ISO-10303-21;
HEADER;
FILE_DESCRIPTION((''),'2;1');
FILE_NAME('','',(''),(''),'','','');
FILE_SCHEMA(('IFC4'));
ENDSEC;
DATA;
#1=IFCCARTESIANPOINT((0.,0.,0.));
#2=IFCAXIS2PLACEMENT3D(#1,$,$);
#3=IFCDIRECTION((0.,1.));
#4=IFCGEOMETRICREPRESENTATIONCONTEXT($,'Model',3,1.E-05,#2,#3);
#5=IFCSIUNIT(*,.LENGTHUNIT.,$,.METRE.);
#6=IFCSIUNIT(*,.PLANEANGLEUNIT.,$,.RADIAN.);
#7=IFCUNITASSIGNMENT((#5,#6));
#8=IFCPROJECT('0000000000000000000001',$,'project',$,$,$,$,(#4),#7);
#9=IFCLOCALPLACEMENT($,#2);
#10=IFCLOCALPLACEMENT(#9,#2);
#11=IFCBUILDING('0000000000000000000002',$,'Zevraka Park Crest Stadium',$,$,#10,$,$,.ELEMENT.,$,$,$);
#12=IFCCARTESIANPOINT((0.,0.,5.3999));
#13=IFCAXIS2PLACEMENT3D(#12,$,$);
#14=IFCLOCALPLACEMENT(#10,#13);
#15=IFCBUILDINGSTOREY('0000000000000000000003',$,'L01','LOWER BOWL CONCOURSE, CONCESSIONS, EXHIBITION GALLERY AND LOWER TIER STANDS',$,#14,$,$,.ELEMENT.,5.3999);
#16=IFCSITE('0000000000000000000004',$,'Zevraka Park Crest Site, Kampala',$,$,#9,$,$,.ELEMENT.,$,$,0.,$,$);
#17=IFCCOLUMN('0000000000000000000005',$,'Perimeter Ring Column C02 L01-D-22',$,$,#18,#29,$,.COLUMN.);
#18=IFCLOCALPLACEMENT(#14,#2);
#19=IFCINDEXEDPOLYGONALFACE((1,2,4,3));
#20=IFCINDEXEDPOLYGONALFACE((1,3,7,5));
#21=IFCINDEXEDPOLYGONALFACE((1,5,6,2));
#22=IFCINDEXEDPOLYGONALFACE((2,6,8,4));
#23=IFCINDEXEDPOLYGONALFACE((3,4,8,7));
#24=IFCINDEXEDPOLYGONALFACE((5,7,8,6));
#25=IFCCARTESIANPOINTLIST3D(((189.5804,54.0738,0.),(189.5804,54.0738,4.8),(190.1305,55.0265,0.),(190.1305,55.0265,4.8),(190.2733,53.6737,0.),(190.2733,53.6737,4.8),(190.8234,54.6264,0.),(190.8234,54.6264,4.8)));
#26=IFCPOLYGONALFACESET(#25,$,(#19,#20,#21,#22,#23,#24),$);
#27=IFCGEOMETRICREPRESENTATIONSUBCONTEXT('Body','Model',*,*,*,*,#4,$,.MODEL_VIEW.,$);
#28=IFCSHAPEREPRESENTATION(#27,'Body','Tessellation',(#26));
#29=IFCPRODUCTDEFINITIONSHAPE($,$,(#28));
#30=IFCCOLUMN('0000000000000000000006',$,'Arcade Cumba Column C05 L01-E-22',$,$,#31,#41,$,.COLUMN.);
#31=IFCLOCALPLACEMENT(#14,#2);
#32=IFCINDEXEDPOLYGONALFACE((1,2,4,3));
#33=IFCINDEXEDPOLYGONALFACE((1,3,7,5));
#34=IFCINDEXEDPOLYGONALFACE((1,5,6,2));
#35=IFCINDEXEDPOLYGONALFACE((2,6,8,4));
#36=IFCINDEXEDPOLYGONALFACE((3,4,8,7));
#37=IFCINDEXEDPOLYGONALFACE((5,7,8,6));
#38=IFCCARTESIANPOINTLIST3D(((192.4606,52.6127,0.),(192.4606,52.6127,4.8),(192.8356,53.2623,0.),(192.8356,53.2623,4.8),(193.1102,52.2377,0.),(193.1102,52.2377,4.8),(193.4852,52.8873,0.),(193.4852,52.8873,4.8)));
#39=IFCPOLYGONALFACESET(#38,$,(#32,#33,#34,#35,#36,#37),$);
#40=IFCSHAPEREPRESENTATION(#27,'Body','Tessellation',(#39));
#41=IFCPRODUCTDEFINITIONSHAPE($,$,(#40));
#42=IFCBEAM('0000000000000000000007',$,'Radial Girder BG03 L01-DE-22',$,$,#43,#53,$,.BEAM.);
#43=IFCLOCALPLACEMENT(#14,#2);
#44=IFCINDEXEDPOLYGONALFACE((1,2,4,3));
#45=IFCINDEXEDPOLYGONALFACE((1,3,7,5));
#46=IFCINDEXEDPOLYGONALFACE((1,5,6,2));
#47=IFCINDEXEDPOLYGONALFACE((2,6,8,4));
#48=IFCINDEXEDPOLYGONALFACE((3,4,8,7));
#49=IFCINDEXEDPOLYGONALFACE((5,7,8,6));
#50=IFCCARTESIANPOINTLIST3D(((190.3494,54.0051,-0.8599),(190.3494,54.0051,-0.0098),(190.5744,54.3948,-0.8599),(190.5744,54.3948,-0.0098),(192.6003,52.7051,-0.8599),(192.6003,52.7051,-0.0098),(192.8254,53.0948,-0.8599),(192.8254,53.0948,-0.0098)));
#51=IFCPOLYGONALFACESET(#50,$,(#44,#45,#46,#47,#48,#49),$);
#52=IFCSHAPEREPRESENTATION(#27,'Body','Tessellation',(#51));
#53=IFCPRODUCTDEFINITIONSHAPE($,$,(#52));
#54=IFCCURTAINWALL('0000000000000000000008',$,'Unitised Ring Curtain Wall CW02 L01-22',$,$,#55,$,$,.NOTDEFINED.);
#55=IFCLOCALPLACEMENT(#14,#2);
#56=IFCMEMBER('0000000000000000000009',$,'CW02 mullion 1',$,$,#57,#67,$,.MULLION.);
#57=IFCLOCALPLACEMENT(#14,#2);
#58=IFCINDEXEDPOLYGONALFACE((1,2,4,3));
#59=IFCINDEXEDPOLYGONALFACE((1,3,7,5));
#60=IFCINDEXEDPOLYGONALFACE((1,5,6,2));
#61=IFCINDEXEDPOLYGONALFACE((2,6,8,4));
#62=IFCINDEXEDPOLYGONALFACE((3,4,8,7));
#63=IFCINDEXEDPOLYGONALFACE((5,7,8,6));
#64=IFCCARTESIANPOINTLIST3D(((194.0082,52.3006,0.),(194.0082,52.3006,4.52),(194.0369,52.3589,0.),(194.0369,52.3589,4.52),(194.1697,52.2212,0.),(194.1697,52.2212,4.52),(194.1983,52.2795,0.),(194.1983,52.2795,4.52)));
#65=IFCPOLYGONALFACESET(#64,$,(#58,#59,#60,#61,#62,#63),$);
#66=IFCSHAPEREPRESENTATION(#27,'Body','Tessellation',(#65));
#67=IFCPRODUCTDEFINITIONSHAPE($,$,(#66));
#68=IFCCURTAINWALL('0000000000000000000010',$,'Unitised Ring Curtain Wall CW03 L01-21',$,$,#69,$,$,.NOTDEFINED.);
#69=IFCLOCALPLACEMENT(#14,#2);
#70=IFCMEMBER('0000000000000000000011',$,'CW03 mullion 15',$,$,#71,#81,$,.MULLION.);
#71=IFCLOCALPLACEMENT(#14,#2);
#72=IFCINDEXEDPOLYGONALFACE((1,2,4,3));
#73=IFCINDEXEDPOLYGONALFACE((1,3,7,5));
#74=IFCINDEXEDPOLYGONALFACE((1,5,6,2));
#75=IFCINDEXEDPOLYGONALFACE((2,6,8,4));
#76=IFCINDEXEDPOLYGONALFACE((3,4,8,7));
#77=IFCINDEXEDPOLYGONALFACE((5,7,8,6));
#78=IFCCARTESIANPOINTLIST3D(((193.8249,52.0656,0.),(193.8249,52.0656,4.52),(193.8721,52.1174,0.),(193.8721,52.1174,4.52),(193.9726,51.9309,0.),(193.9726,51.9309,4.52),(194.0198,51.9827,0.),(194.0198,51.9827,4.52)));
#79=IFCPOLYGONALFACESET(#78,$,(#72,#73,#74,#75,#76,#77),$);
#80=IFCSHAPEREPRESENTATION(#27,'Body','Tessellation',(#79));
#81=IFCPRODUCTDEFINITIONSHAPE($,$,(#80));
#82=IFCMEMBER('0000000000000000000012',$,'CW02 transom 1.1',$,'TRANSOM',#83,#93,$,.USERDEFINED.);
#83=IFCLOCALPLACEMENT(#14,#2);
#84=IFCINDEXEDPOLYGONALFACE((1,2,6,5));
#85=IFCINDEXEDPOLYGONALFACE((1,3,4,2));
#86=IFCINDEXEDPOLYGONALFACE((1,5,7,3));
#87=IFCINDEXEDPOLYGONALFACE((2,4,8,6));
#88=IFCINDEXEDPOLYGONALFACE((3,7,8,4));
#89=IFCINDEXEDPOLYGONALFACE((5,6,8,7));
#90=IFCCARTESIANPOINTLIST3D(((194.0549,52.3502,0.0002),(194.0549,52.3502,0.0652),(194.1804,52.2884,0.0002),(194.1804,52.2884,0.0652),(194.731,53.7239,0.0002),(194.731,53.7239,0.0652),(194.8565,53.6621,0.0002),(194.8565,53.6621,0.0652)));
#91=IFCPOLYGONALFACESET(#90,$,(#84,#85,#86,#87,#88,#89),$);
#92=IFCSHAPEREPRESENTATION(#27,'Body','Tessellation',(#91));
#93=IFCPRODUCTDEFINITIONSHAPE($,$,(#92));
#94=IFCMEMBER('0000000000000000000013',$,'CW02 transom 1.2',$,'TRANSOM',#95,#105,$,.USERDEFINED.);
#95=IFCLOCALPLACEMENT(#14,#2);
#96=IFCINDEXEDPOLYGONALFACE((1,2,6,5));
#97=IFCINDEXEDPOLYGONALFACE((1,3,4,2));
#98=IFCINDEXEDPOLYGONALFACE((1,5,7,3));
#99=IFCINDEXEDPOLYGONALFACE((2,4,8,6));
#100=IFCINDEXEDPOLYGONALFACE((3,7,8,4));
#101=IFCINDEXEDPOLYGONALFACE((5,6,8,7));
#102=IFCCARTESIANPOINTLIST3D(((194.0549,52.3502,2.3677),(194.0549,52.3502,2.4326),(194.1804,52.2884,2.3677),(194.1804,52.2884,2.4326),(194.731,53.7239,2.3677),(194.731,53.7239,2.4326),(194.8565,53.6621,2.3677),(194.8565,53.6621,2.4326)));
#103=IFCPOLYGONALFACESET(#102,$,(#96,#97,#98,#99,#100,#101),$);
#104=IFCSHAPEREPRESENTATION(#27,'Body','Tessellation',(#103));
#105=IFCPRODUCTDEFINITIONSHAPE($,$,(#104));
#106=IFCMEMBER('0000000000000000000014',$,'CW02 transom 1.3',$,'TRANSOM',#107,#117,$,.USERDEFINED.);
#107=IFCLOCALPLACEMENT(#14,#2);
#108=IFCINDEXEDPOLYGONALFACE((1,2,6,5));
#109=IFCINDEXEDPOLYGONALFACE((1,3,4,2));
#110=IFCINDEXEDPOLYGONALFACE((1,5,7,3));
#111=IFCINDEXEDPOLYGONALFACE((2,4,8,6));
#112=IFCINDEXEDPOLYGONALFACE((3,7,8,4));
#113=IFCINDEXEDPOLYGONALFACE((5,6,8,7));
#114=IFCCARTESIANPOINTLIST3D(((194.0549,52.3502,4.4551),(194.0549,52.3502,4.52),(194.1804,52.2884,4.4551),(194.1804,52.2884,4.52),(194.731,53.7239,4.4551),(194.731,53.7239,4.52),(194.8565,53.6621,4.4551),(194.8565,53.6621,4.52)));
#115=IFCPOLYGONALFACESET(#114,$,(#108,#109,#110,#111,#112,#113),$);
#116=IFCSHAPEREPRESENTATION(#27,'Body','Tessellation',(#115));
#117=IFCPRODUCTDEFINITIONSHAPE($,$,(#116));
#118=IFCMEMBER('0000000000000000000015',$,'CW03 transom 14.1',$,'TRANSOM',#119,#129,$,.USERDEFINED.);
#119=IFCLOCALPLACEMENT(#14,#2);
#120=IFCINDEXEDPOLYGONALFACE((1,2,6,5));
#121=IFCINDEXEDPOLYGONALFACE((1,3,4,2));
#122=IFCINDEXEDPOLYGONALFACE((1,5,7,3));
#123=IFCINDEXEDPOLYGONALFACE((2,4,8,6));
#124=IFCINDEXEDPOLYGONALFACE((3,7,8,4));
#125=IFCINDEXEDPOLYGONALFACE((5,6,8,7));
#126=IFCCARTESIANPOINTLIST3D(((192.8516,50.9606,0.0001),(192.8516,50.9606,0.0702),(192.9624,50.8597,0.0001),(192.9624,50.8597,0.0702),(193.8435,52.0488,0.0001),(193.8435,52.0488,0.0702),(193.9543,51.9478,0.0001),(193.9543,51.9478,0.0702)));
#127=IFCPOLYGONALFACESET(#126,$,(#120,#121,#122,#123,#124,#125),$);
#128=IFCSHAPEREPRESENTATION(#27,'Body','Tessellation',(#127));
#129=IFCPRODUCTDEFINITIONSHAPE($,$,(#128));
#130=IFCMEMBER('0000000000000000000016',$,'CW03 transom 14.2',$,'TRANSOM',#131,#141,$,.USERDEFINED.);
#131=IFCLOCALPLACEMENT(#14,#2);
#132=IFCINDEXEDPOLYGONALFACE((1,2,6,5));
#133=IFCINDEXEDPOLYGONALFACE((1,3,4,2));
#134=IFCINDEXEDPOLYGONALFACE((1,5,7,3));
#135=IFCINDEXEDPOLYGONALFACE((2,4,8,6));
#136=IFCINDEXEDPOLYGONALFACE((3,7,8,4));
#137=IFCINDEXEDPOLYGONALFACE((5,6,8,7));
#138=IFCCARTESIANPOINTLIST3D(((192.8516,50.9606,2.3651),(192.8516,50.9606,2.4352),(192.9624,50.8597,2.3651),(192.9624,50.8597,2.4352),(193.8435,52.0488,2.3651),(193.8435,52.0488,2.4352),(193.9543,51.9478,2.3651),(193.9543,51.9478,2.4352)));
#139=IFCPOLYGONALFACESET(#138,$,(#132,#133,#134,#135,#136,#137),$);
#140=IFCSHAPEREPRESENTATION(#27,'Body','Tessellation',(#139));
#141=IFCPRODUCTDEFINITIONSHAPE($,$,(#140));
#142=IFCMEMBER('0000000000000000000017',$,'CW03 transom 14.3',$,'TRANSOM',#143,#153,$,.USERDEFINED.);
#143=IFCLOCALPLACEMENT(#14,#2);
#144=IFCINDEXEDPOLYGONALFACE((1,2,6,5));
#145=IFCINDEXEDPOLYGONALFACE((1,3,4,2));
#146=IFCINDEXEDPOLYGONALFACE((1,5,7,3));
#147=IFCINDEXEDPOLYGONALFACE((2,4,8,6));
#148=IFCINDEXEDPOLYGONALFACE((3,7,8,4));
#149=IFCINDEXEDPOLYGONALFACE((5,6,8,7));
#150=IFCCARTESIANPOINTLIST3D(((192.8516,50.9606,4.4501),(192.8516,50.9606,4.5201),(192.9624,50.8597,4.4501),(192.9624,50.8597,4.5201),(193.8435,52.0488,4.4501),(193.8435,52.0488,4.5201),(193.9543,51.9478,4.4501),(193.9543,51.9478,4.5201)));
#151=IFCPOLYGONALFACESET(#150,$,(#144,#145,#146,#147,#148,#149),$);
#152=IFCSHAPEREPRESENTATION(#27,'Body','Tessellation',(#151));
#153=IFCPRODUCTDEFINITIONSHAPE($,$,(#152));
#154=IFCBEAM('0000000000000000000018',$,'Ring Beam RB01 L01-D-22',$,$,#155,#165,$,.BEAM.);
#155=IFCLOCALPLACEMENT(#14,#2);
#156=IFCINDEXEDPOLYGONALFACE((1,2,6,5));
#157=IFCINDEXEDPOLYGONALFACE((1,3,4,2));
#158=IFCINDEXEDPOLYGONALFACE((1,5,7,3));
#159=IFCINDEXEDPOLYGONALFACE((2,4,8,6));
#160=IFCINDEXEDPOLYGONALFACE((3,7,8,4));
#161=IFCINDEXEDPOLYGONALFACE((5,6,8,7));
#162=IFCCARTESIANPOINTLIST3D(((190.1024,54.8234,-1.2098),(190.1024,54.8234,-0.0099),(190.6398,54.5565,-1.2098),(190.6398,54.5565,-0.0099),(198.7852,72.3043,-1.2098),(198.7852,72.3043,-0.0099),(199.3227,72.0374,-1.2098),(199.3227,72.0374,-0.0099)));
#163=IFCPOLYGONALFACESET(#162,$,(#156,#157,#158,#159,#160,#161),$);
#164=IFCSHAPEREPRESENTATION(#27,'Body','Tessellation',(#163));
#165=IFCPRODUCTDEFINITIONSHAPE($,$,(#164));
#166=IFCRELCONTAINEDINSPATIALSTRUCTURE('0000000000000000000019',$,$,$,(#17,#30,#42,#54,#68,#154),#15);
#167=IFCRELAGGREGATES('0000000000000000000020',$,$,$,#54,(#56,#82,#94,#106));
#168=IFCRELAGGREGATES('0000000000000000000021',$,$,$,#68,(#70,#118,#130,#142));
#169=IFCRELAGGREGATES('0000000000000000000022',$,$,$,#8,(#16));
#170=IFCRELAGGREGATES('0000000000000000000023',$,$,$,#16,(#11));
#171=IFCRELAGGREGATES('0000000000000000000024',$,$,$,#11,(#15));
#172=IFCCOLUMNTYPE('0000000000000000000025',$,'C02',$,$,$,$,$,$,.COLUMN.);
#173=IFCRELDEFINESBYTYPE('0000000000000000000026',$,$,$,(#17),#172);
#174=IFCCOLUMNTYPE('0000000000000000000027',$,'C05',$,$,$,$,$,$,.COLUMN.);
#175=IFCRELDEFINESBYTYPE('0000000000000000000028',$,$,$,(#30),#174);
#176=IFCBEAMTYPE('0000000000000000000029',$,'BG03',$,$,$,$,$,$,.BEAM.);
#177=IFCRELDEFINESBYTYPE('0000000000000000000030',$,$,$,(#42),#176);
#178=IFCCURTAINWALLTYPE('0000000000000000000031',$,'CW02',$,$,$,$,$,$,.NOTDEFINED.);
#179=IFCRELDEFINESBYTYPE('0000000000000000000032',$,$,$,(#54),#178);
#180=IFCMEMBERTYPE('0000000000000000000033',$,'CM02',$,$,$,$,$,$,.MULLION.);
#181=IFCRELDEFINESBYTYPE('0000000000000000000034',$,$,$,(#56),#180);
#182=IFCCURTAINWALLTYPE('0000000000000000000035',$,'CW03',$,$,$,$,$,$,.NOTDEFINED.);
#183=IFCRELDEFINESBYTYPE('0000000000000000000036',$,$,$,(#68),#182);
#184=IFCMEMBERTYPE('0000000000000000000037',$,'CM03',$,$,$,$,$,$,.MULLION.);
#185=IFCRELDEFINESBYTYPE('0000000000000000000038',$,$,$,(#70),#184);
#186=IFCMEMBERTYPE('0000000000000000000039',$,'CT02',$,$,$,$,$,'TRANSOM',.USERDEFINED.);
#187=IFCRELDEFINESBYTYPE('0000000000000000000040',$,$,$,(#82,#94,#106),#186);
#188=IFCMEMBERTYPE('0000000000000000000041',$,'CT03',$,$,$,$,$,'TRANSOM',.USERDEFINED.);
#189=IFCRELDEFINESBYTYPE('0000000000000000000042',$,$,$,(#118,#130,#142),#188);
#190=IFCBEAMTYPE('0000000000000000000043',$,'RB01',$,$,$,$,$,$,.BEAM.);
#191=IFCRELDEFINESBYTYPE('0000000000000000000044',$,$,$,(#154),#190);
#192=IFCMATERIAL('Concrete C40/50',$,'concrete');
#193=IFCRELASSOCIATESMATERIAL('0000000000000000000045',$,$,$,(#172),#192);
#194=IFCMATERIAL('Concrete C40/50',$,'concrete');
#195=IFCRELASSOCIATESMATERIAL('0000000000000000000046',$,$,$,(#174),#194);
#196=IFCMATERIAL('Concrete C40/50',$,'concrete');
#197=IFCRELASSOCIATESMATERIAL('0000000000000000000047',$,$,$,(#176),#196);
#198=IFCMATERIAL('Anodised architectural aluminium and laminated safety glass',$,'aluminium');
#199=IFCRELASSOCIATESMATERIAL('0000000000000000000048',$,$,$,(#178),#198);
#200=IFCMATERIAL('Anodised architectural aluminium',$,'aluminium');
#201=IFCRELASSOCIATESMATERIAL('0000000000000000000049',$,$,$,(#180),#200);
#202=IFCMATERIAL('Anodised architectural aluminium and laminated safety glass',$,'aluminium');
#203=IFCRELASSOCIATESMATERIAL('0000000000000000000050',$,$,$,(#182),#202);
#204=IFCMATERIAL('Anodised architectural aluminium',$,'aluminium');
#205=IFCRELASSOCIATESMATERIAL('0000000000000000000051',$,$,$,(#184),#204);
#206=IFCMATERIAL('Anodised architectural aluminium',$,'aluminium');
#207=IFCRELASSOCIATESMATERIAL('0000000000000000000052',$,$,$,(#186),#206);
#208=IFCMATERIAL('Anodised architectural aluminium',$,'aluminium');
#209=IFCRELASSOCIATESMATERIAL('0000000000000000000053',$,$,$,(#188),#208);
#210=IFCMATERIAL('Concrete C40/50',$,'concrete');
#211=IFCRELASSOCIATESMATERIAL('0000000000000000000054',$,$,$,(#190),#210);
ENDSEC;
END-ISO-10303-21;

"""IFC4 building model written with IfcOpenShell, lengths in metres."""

from ifc_helpers import new_model, si_unit, direction, frame, origin, origin_2d, place, context, subcontext, project, spatial, rectangle, extrude, material, material_profile, profile_set, type_object, element, aggregate, save


model = new_model("IFC4")

# Units and contexts
model_context = context("Model", 3, precision=1e-05, world=origin(), true_north=direction((0.0, 1.0)))
body_context = subcontext(model_context, "Body", "Model", "MODEL_VIEW")
ifc_project = project(units=[si_unit("LENGTHUNIT", "METRE"), si_unit("PLANEANGLEUNIT", "RADIAN")], contexts=[model_context])

# Site, building, storey
site_placement = place(None, origin())
site = spatial("IfcSite", under=ifc_project, at=site_placement, Name="Zevraka Park Crest Site, Kampala", CompositionType="ELEMENT", RefElevation=0.0)
building_placement = place(site_placement, origin())
building = spatial("IfcBuilding", under=site, at=building_placement, Name="Zevraka Park Crest Stadium", CompositionType="ELEMENT")
storey_placement = place(building_placement, frame((0.0, 0.0, 5.3999)))
storey = spatial("IfcBuildingStorey", under=building, at=storey_placement, Name="L01", Description="LOWER BOWL CONCOURSE, CONCESSIONS, EXHIBITION GALLERY AND LOWER TIER STANDS", CompositionType="ELEMENT", Elevation=5.3999)

# Columns
ifc_material_1 = material(Name="Concrete C40/50", Category="concrete")
ifc_material_profile_1 = material_profile(ifc_material_1, rectangle(XDim=0.8, YDim=1.1001, at=origin_2d()), Name="RC 1100x800")
ifc_profile_set_1 = profile_set([ifc_material_profile_1], Name="Concrete C40/50")
column_type_1 = type_object("IfcColumnType", Name="C02", PredefinedType="COLUMN", material=ifc_profile_set_1)
column_1_placement = place(storey_placement, frame((190.2019, 54.3501, 0.0), z_axis=(0.0, 0.0, 1.0), x_axis=(-0.866025, 0.5, 0.0)))
element("IfcColumn", 1, at=column_1_placement, inside=storey, type_object=column_type_1, Name="Perimeter Ring Column C02 L01-D-22", PredefinedType="COLUMN", context=body_context, shape_type="SweptSolid", body=[
    extrude(rectangle(XDim=0.8, YDim=1.1001, at=origin_2d()), origin(), (0.0, 0.0, 1.0), 4.8),
])
ifc_material_2 = material(Name="Concrete C40/50", Category="concrete")
ifc_material_profile_2 = material_profile(ifc_material_2, rectangle(XDim=0.75, YDim=0.75, at=origin_2d()), Name="RC 750x750")
ifc_profile_set_2 = profile_set([ifc_material_profile_2], Name="Concrete C40/50")
column_type_2 = type_object("IfcColumnType", Name="C05", PredefinedType="COLUMN", material=ifc_profile_set_2)
column_2_placement = place(storey_placement, frame((192.9729, 52.75, 0.0), z_axis=(0.0, 0.0, 1.0), x_axis=(-0.866025, 0.5, 0.0)))
element("IfcColumn", 2, at=column_2_placement, inside=storey, type_object=column_type_2, Name="Arcade Cumba Column C05 L01-E-22", PredefinedType="COLUMN", context=body_context, shape_type="SweptSolid", body=[
    extrude(rectangle(XDim=0.75, YDim=0.75, at=origin_2d()), origin(), (0.0, 0.0, 1.0), 4.8),
])

# Beam
ifc_material_3 = material(Name="Concrete C40/50", Category="concrete")
ifc_material_profile_3 = material_profile(ifc_material_3, rectangle(XDim=0.45, YDim=0.8501, at=origin_2d()), Name="RC 850x450")
ifc_profile_set_3 = profile_set([ifc_material_profile_3], Name="Concrete C40/50")
beam_type_1 = type_object("IfcBeamType", Name="BG03", PredefinedType="BEAM", material=ifc_profile_set_3)
beam_1_placement = place(storey_placement, frame((190.4619, 54.2, -0.4348), z_axis=(0.865951, -0.500129, 0.0), x_axis=(0.500129, 0.865951, 0.0)))
element("IfcBeam", 3, at=beam_1_placement, inside=storey, type_object=beam_type_1, Name="Radial Girder BG03 L01-DE-22", PredefinedType="BEAM", context=body_context, shape_type="SweptSolid", body=[
    extrude(rectangle(XDim=0.45, YDim=0.8501, at=origin_2d()), origin(), (0.0, 0.0, 1.0), 2.5994),
])

# Curtain walls, members
ifc_material_4 = material(Name="Anodised architectural aluminium and laminated safety glass", Category="aluminium")
curtain_wall_type_1 = type_object("IfcCurtainWallType", Name="CW02", PredefinedType="NOTDEFINED", material=ifc_material_4)
curtain_wall_1_placement = place(storey_placement, origin())
curtain_wall_1 = element("IfcCurtainWall", 4, at=curtain_wall_1_placement, inside=storey, type_object=curtain_wall_type_1, Name="Unitised Ring Curtain Wall CW02 L01-22", PredefinedType="NOTDEFINED")
ifc_material_5 = material(Name="Anodised architectural aluminium", Category="aluminium")
ifc_material_profile_4 = material_profile(ifc_material_5, rectangle(XDim=0.1799, YDim=0.0649, at=origin_2d()), Name="ALU MULLION 180x65")
ifc_profile_set_4 = profile_set([ifc_material_profile_4], Name="Anodised architectural aluminium")
member_type_1 = type_object("IfcMemberType", Name="CM02", PredefinedType="MULLION", material=ifc_profile_set_4)
member_1_placement = place(storey_placement, frame((194.1033, 52.29, 0.0), z_axis=(0.0, 0.0, 1.0), x_axis=(-0.897253, 0.441517, 0.0)))
member_1 = element("IfcMember", 5, at=member_1_placement, type_object=member_type_1, Name="CW02 mullion 1", PredefinedType="MULLION", context=body_context, shape_type="SweptSolid", body=[
    extrude(rectangle(XDim=0.1799, YDim=0.0649, at=origin_2d()), origin(), (0.0, 0.0, 1.0), 4.52),
])
ifc_material_6 = material(Name="Anodised architectural aluminium and laminated safety glass", Category="aluminium")
curtain_wall_type_2 = type_object("IfcCurtainWallType", Name="CW03", PredefinedType="NOTDEFINED", material=ifc_material_6)
curtain_wall_2_placement = place(storey_placement, origin())
curtain_wall_2 = element("IfcCurtainWall", 6, at=curtain_wall_2_placement, inside=storey, type_object=curtain_wall_type_2, Name="Unitised Ring Curtain Wall CW03 L01-21", PredefinedType="NOTDEFINED")
ifc_material_7 = material(Name="Anodised architectural aluminium", Category="aluminium")
ifc_material_profile_5 = material_profile(ifc_material_7, rectangle(XDim=0.2, YDim=0.0701, at=origin_2d()), Name="ALU MULLION 200x70")
ifc_profile_set_5 = profile_set([ifc_material_profile_5], Name="Anodised architectural aluminium")
member_type_2 = type_object("IfcMemberType", Name="CM03", PredefinedType="MULLION", material=ifc_profile_set_5)
member_2_placement = place(storey_placement, frame((193.9224, 52.0242, 0.0), z_axis=(0.0, 0.0, 1.0), x_axis=(-0.739023, 0.67368, 0.0)))
member_2 = element("IfcMember", 7, at=member_2_placement, type_object=member_type_2, Name="CW03 mullion 15", PredefinedType="MULLION", context=body_context, shape_type="SweptSolid", body=[
    extrude(rectangle(XDim=0.2, YDim=0.0701, at=origin_2d()), origin(), (0.0, 0.0, 1.0), 4.52),
])

# Members
ifc_material_8 = material(Name="Anodised architectural aluminium", Category="aluminium")
ifc_material_profile_6 = material_profile(ifc_material_8, rectangle(XDim=0.1399, YDim=0.0649, at=origin_2d()), Name="ALU TRANSOM 140x65")
ifc_profile_set_6 = profile_set([ifc_material_profile_6], Name="Anodised architectural aluminium")
member_type_3 = type_object("IfcMemberType", Name="CT02", ElementType="TRANSOM", PredefinedType="USERDEFINED", material=ifc_profile_set_6)
member_3_placement = place(storey_placement, frame((194.1177, 52.3193, 0.0327), z_axis=(0.441591, 0.897216, 0.0), x_axis=(-0.897216, 0.441591, 0.0)))
member_3 = element("IfcMember", 8, at=member_3_placement, type_object=member_type_3, Name="CW02 transom 1.1", ObjectType="TRANSOM", PredefinedType="USERDEFINED", context=body_context, shape_type="SweptSolid", body=[
    extrude(rectangle(XDim=0.1399, YDim=0.0649, at=origin_2d()), origin(), (0.0, 0.0, 1.0), 1.531),
])
member_4_placement = place(storey_placement, frame((194.1177, 52.3193, 2.4001), z_axis=(0.441591, 0.897216, 0.0), x_axis=(-0.897216, 0.441591, 0.0)))
member_4 = element("IfcMember", 9, at=member_4_placement, type_object=member_type_3, Name="CW02 transom 1.2", ObjectType="TRANSOM", PredefinedType="USERDEFINED", context=body_context, shape_type="SweptSolid", body=[
    extrude(rectangle(XDim=0.1399, YDim=0.0649, at=origin_2d()), origin(), (0.0, 0.0, 1.0), 1.531),
])
member_5_placement = place(storey_placement, frame((194.1177, 52.3193, 4.4875), z_axis=(0.441591, 0.897216, 0.0), x_axis=(-0.897216, 0.441591, 0.0)))
member_5 = element("IfcMember", 10, at=member_5_placement, type_object=member_type_3, Name="CW02 transom 1.3", ObjectType="TRANSOM", PredefinedType="USERDEFINED", context=body_context, shape_type="SweptSolid", body=[
    extrude(rectangle(XDim=0.1399, YDim=0.0649, at=origin_2d()), origin(), (0.0, 0.0, 1.0), 1.531),
])
aggregate(curtain_wall_1, [member_1, member_3, member_4, member_5])
ifc_material_9 = material(Name="Anodised architectural aluminium", Category="aluminium")
ifc_material_profile_7 = material_profile(ifc_material_9, rectangle(XDim=0.1499, YDim=0.0701, at=origin_2d()), Name="ALU TRANSOM 150x70")
ifc_profile_set_7 = profile_set([ifc_material_profile_7], Name="Anodised architectural aluminium")
member_type_4 = type_object("IfcMemberType", Name="CT03", ElementType="TRANSOM", PredefinedType="USERDEFINED", material=ifc_profile_set_7)
member_6_placement = place(storey_placement, frame((192.907, 50.9102, 0.0352), z_axis=(0.673687, 0.739017, 0.0), x_axis=(-0.739017, 0.673687, 0.0)))
member_6 = element("IfcMember", 11, at=member_6_placement, type_object=member_type_4, Name="CW03 transom 14.1", ObjectType="TRANSOM", PredefinedType="USERDEFINED", context=body_context, shape_type="SweptSolid", body=[
    extrude(rectangle(XDim=0.1499, YDim=0.0701, at=origin_2d()), origin(), (0.0, 0.0, 1.0), 1.4724),
])
member_7_placement = place(storey_placement, frame((192.907, 50.9102, 2.4001), z_axis=(0.673687, 0.739017, 0.0), x_axis=(-0.739017, 0.673687, 0.0)))
member_7 = element("IfcMember", 12, at=member_7_placement, type_object=member_type_4, Name="CW03 transom 14.2", ObjectType="TRANSOM", PredefinedType="USERDEFINED", context=body_context, shape_type="SweptSolid", body=[
    extrude(rectangle(XDim=0.1499, YDim=0.0701, at=origin_2d()), origin(), (0.0, 0.0, 1.0), 1.4724),
])
member_8_placement = place(storey_placement, frame((192.907, 50.9102, 4.4851), z_axis=(0.673687, 0.739017, 0.0), x_axis=(-0.739017, 0.673687, 0.0)))
member_8 = element("IfcMember", 13, at=member_8_placement, type_object=member_type_4, Name="CW03 transom 14.3", ObjectType="TRANSOM", PredefinedType="USERDEFINED", context=body_context, shape_type="SweptSolid", body=[
    extrude(rectangle(XDim=0.1499, YDim=0.0701, at=origin_2d()), origin(), (0.0, 0.0, 1.0), 1.4724),
])

# Beam
ifc_material_10 = material(Name="Concrete C40/50", Category="concrete")
ifc_material_profile_8 = material_profile(ifc_material_10, rectangle(XDim=0.6001, YDim=1.2, at=origin_2d()), Name="RC 1200x600")
ifc_profile_set_8 = profile_set([ifc_material_profile_8], Name="Concrete C40/50")
beam_type_2 = type_object("IfcBeamType", Name="RB01", PredefinedType="BEAM", material=ifc_profile_set_8)
beam_2_placement = place(storey_placement, frame((190.3711, 54.6899, -0.6099), z_axis=(0.444851, 0.895605, 0.0), x_axis=(-0.895605, 0.444851, 0.0)))
element("IfcBeam", 14, at=beam_2_placement, inside=storey, type_object=beam_type_2, Name="Ring Beam RB01 L01-D-22", PredefinedType="BEAM", context=body_context, shape_type="SweptSolid", body=[
    extrude(rectangle(XDim=0.6001, YDim=1.2, at=origin_2d()), origin(), (0.0, 0.0, 1.0), 19.5186),
])

aggregate(curtain_wall_2, [member_2, member_6, member_7, member_8])

save(model, "model.ifc")
